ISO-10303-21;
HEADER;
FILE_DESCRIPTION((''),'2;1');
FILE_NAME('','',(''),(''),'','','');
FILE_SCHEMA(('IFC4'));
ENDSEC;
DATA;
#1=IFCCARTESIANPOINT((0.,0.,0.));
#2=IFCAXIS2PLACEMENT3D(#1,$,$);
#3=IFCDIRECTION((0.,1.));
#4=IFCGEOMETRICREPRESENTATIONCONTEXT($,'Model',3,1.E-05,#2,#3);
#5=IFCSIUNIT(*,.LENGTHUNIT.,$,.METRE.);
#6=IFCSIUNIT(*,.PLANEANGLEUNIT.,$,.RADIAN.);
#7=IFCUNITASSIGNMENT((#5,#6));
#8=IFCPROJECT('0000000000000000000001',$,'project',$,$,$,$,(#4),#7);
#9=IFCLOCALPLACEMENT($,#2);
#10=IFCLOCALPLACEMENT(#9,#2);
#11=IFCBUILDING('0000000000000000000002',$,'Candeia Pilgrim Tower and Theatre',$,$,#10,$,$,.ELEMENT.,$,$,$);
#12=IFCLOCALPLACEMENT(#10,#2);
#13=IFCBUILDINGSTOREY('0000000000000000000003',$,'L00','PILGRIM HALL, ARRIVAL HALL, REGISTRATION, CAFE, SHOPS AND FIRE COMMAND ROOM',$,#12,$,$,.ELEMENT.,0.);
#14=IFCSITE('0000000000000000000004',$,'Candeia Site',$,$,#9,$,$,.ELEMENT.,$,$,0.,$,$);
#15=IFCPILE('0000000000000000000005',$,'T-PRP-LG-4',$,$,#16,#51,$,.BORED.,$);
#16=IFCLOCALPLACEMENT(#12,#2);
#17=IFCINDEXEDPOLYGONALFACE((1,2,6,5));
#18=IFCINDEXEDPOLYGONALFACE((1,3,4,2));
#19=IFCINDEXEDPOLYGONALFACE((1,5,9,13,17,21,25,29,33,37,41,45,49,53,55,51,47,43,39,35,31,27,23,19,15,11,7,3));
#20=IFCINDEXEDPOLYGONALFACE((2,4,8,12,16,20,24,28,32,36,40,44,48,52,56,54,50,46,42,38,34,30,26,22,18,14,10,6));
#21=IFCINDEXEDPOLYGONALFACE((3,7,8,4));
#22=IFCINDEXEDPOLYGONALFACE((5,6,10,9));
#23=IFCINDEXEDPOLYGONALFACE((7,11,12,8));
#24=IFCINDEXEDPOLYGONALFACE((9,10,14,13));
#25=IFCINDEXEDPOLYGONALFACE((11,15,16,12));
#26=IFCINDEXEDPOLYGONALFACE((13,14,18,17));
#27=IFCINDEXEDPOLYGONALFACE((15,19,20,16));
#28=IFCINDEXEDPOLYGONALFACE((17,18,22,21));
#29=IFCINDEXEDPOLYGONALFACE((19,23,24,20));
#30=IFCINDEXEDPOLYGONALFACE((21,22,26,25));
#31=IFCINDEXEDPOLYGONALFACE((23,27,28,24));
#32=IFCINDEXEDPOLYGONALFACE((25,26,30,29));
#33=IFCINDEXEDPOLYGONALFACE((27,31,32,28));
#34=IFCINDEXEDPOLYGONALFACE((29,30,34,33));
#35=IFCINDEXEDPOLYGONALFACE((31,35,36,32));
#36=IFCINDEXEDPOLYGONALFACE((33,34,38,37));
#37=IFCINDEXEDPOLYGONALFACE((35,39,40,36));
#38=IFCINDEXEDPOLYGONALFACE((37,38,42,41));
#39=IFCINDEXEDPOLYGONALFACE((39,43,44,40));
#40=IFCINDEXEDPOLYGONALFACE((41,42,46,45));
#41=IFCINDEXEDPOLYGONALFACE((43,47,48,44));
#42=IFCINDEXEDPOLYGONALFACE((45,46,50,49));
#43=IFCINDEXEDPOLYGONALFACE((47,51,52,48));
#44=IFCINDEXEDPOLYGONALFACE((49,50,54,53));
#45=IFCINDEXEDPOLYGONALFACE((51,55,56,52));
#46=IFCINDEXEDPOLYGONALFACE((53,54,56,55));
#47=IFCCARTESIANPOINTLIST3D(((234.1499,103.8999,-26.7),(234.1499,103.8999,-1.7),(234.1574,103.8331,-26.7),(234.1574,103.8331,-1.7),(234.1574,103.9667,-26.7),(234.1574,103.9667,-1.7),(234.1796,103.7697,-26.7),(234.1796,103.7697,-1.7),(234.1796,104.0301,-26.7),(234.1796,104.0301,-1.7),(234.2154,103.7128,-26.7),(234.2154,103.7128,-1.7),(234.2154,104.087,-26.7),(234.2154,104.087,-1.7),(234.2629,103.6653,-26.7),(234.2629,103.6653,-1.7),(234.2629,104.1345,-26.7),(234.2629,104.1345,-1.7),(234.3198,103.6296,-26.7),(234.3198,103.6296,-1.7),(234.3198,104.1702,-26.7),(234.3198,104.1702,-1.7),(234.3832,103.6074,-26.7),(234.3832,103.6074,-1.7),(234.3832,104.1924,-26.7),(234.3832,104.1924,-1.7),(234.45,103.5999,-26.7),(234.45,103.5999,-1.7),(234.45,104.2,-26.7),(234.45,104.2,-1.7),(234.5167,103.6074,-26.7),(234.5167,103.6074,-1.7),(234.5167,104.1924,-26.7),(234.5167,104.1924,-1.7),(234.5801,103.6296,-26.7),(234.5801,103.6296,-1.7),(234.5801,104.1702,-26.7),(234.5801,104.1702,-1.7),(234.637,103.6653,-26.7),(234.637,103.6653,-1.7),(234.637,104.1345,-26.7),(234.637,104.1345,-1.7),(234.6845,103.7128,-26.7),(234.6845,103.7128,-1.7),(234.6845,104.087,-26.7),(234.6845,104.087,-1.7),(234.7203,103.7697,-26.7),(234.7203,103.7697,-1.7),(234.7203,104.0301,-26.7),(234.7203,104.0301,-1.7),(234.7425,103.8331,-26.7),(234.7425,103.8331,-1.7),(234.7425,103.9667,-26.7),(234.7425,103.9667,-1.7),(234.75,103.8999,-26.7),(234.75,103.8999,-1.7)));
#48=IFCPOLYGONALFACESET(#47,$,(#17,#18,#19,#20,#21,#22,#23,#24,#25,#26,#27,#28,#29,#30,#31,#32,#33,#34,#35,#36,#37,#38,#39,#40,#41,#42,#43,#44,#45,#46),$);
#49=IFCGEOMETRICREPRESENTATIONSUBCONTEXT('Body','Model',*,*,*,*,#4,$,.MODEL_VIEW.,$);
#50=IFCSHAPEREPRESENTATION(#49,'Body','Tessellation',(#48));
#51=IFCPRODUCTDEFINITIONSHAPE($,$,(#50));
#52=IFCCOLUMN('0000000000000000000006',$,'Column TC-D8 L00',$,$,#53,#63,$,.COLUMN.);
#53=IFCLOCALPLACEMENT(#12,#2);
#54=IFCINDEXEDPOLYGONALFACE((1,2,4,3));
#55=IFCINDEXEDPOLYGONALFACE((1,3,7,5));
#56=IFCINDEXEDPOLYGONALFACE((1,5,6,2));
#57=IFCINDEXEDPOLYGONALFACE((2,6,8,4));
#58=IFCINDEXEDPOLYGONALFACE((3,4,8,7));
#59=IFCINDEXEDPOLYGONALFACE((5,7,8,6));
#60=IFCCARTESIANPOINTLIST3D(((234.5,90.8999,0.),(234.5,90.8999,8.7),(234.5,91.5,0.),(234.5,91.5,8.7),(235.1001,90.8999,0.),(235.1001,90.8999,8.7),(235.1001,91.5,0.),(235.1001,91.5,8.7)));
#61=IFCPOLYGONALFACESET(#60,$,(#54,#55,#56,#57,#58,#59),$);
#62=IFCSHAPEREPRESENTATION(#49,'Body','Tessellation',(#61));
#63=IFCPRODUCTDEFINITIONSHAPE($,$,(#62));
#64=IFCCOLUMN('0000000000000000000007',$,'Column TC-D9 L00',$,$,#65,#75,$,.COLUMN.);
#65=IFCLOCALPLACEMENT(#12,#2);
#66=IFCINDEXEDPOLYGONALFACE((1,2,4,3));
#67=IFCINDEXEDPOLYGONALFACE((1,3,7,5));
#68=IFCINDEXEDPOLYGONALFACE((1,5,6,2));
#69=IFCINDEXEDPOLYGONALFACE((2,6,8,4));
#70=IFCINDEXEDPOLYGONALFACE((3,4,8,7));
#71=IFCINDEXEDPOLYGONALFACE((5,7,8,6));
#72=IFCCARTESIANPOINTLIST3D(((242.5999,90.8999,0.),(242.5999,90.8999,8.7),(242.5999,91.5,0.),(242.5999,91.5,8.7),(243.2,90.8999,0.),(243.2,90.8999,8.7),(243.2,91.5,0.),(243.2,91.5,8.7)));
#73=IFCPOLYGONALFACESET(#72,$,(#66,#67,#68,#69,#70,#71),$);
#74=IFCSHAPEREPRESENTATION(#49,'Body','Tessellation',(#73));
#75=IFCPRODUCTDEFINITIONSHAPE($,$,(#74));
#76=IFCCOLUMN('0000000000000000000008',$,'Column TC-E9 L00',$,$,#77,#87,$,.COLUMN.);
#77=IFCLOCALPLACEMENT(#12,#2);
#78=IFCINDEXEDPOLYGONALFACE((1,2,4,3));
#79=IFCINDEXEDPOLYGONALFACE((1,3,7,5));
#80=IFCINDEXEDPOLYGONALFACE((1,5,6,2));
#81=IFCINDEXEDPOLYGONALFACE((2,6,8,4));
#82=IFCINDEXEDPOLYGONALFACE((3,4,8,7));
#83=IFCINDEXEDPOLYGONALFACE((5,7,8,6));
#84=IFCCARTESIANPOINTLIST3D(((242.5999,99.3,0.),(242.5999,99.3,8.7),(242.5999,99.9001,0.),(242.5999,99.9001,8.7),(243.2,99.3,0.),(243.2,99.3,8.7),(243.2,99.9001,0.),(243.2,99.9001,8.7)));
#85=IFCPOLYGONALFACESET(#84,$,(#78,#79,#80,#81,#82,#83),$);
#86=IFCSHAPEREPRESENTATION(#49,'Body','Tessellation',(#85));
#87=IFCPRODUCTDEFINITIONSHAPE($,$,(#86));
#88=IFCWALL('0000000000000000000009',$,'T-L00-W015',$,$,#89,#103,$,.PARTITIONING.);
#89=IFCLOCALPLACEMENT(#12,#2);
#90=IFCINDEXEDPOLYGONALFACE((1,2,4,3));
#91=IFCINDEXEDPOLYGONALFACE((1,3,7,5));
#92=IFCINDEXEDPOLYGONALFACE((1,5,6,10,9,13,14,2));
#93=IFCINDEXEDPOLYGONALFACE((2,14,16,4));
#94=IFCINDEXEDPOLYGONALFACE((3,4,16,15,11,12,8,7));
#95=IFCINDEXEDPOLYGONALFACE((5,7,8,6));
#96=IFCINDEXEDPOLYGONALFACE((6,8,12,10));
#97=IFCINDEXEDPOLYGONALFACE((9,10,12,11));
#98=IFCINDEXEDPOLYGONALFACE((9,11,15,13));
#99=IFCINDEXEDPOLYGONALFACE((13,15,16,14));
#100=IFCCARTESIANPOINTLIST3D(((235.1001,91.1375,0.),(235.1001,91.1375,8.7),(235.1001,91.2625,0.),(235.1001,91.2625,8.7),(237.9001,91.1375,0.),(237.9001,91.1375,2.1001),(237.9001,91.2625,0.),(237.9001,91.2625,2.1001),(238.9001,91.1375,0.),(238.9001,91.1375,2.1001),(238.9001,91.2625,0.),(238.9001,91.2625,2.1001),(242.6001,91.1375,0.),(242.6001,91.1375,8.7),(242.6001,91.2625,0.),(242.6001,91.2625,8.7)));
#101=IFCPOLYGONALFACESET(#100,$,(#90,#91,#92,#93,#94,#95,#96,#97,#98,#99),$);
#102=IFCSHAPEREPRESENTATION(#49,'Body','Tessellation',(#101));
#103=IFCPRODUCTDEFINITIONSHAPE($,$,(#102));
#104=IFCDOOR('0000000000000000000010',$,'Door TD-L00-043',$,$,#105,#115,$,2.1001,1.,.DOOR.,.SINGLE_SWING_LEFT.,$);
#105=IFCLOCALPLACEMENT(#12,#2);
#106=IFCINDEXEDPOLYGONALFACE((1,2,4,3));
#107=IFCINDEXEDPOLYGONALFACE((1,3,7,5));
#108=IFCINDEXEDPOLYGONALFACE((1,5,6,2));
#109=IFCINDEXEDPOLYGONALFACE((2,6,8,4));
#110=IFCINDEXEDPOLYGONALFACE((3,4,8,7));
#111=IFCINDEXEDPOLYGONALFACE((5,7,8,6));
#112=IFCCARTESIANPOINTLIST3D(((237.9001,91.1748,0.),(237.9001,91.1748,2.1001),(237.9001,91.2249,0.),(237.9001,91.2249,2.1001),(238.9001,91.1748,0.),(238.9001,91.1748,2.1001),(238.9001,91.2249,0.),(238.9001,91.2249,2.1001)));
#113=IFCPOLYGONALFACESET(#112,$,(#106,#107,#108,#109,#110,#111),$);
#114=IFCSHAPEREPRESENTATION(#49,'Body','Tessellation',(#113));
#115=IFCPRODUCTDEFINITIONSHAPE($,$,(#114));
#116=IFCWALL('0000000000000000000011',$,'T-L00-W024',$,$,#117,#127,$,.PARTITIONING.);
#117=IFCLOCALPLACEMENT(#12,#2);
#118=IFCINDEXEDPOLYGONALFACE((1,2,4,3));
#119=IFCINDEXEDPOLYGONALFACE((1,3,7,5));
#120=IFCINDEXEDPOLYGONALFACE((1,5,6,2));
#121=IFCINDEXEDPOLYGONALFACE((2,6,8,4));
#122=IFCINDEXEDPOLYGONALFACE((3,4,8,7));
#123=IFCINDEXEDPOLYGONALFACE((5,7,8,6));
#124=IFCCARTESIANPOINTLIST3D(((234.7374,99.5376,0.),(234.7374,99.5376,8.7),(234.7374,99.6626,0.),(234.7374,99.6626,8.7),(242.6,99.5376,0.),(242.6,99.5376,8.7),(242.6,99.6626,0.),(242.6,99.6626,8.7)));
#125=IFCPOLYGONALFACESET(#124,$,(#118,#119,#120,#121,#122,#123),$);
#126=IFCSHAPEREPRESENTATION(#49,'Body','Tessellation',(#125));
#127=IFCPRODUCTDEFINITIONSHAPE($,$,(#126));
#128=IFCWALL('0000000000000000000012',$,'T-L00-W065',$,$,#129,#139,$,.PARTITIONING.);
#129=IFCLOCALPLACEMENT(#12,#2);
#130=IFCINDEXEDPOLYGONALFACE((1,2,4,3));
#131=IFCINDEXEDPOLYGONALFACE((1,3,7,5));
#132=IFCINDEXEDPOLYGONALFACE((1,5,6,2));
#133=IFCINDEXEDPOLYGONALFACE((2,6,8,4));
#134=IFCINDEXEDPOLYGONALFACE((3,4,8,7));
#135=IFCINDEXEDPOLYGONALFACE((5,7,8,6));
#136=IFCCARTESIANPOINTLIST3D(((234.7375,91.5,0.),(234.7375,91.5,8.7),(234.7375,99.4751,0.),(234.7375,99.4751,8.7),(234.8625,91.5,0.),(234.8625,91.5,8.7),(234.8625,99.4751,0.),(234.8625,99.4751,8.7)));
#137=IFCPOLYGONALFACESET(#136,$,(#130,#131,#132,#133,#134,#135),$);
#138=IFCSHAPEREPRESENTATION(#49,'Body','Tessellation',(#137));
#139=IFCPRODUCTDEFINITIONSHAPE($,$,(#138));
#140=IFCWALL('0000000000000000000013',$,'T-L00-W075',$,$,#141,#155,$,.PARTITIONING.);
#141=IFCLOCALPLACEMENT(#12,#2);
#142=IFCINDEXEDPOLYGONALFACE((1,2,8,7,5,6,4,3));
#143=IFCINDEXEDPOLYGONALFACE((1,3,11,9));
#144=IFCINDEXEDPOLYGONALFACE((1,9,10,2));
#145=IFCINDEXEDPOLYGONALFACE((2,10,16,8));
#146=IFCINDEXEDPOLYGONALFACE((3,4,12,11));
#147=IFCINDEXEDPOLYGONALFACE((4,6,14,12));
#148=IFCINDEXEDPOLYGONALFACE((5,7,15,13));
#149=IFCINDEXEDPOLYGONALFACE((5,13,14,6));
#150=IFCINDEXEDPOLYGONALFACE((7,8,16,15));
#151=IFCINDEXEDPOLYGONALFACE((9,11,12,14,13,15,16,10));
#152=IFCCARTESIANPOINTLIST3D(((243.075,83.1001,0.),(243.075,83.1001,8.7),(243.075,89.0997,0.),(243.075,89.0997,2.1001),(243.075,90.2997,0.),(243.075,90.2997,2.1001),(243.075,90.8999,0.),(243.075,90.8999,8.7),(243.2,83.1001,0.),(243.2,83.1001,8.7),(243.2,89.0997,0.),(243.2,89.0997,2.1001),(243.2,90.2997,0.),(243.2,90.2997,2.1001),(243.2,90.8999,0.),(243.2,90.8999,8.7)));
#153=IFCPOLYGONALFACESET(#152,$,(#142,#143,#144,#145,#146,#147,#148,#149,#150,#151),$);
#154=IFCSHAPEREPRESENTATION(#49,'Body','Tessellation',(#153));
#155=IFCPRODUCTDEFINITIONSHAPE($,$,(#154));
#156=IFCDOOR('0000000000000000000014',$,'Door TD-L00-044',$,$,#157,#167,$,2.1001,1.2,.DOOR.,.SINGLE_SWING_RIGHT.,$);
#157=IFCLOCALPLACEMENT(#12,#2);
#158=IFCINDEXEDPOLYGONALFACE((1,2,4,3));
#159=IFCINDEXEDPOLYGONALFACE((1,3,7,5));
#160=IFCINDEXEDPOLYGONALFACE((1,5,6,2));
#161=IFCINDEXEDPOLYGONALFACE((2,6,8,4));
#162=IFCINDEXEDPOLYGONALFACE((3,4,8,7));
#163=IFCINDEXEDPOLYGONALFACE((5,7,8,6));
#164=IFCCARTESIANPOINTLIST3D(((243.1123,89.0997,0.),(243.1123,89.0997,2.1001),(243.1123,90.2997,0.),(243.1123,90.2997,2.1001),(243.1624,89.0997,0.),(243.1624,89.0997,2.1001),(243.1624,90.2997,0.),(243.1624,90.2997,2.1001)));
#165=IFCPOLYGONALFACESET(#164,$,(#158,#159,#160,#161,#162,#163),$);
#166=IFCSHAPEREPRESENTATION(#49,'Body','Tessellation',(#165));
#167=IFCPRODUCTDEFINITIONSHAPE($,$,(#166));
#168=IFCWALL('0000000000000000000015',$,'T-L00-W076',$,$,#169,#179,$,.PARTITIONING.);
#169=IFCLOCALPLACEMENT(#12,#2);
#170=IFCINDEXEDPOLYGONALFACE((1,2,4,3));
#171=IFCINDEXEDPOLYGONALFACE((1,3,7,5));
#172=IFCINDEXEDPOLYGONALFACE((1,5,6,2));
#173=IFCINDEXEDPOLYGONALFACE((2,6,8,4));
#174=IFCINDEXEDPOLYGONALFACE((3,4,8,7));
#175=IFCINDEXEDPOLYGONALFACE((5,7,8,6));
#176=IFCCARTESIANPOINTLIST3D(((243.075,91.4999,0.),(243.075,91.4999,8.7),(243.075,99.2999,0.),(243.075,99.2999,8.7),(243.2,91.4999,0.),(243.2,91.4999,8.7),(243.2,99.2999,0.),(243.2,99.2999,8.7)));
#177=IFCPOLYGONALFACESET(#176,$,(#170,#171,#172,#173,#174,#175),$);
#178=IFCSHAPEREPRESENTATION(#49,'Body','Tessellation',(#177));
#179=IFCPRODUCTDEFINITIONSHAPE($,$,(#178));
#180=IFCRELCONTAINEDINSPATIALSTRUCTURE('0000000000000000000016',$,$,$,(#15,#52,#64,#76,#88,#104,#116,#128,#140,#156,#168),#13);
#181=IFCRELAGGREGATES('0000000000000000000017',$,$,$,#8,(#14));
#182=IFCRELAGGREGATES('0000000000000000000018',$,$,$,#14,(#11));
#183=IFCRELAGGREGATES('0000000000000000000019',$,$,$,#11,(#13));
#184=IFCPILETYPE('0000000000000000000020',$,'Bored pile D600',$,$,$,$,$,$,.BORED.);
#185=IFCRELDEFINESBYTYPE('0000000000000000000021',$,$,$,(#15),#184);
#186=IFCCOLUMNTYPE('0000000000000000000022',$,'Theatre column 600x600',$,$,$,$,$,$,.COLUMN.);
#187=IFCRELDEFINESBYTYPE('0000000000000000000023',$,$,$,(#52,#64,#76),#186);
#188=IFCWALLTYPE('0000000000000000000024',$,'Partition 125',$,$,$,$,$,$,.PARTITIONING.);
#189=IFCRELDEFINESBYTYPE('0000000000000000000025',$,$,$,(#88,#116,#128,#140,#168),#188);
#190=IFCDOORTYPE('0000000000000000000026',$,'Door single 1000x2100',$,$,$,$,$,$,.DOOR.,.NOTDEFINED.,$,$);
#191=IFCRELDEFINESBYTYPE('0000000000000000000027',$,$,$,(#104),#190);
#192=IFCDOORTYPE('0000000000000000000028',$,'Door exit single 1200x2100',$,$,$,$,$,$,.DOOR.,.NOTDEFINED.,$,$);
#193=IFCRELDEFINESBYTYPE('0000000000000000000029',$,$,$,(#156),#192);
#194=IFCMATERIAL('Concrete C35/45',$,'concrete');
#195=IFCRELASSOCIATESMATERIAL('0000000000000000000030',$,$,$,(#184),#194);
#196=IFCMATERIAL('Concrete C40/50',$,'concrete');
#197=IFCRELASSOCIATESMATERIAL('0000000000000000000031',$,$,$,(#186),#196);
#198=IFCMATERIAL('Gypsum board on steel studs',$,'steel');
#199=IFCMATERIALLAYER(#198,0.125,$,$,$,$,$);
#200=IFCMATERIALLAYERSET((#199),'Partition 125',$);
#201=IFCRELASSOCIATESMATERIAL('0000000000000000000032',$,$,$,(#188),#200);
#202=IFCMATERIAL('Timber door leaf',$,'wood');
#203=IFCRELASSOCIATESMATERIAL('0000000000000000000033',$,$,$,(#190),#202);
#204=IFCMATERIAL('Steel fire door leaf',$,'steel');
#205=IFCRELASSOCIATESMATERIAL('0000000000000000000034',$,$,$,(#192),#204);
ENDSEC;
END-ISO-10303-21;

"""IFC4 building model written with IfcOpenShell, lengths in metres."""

from ifc_helpers import new_model, si_unit, direction, frame, frame_2d, origin, origin_2d, place, context, subcontext, project, spatial, rectangle, circle, extrude, material, layer, layer_set, material_profile, profile_set, type_object, element, fill, save


model = new_model("IFC4")

# Units and contexts
model_context = context("Model", 3, precision=1e-05, world=origin(), true_north=direction((0.0, 1.0)))
body_context = subcontext(model_context, "Body", "Model", "MODEL_VIEW")
ifc_project = project(units=[si_unit("LENGTHUNIT", "METRE"), si_unit("PLANEANGLEUNIT", "RADIAN")], contexts=[model_context])

# Site, building, storey
site_placement = place(None, origin())
site = spatial("IfcSite", under=ifc_project, at=site_placement, Name="Candeia Site", CompositionType="ELEMENT", RefElevation=0.0)
building_placement = place(site_placement, origin())
building = spatial("IfcBuilding", under=site, at=building_placement, Name="Candeia Pilgrim Tower and Theatre", CompositionType="ELEMENT")
storey_placement = place(building_placement, origin())
storey = spatial("IfcBuildingStorey", under=building, at=storey_placement, Name="L00", Description="PILGRIM HALL, ARRIVAL HALL, REGISTRATION, CAFE, SHOPS AND FIRE COMMAND ROOM", CompositionType="ELEMENT", Elevation=0.0)

# Pile
ifc_material_1 = material(Name="Concrete C35/45", Category="concrete")
pile_type = type_object("IfcPileType", Name="Bored pile D600", PredefinedType="BORED", material=ifc_material_1)
for number, where, z_axis, x_axis, name in (
    (1, (234.45, 103.8999, -1.7), (0.0, 0.0, -1.0), (1.0, 0.0, 0.0), "T-PRP-LG-4"),
):
    element("IfcPile", number, at=place(storey_placement, frame(where, z_axis=z_axis, x_axis=x_axis)), inside=storey, type_object=pile_type, Name=name, PredefinedType="BORED", context=body_context, shape_type="SweptSolid", body=[
        extrude(circle(Radius=0.3, at=origin_2d()), origin(), (0.0, 0.0, 1.0), 25.0),
    ])

# Columns
ifc_material_2 = material(Name="Concrete C40/50", Category="concrete")
ifc_material_profile = material_profile(ifc_material_2, rectangle(XDim=0.6001, YDim=0.6001, at=origin_2d()))
ifc_profile_set = profile_set([ifc_material_profile], Name="Concrete C40/50")
column_type = type_object("IfcColumnType", Name="Theatre column 600x600", PredefinedType="COLUMN", material=ifc_profile_set)
for number, where, z_axis, x_axis, name in (
    (2, (234.8, 91.2, 0.0), (0.0, 0.0, 1.0), (1.0, 0.0, 0.0), "Column TC-D8 L00"),
    (3, (242.8999, 91.2, 0.0), (0.0, 0.0, 1.0), (1.0, 0.0, 0.0), "Column TC-D9 L00"),
    (4, (242.8999, 99.6001, 0.0), (0.0, 0.0, 1.0), (1.0, 0.0, 0.0), "Column TC-E9 L00"),
):
    element("IfcColumn", number, at=place(storey_placement, frame(where, z_axis=z_axis, x_axis=x_axis)), inside=storey, type_object=column_type, Name=name, PredefinedType="COLUMN", context=body_context, shape_type="SweptSolid", body=[
        extrude(rectangle(XDim=0.6001, YDim=0.6001, at=origin_2d()), origin(), (0.0, 0.0, 1.0), 8.7),
    ])

# Wall, opening, door
ifc_material_3 = material(Name="Gypsum board on steel studs", Category="steel")
ifc_layer_1 = layer(ifc_material_3, 0.125)
ifc_layer_set_1 = layer_set([ifc_layer_1], Name="Partition 125")
wall_type_1 = type_object("IfcWallType", Name="Partition 125", PredefinedType="PARTITIONING", material=ifc_layer_set_1)
wall_1_placement = place(storey_placement, frame((235.1001, 91.2, 0.0), z_axis=(0.0, 0.0, 1.0), x_axis=(1.0, 0.0, 0.0)))
wall_1 = element("IfcWall", 5, at=wall_1_placement, inside=storey, type_object=wall_type_1, Name="T-L00-W015", PredefinedType="PARTITIONING", context=body_context, shape_type="SweptSolid", body=[
    extrude(rectangle(XDim=7.5, YDim=0.125, at=frame_2d((3.75, 0.0))), origin(), (0.0, 0.0, 1.0), 8.7),
])
opening_1_placement = place(wall_1_placement, frame((2.8, 0.0, 0.0)))
opening_1 = element("IfcOpeningElement", 6, at=opening_1_placement, cuts=wall_1, PredefinedType="OPENING", context=body_context, shape_type="SweptSolid", body=[
    extrude(rectangle(XDim=1.0, YDim=2.1001, at=frame_2d((0.5, 1.05))), frame((0.0, 0.0725, 0.0), z_axis=(0.0, -1.0, 0.0), x_axis=(1.0, 0.0, 0.0)), (0.0, 0.0, 1.0), 0.145),
])
ifc_material_4 = material(Name="Timber door leaf", Category="wood")
door_type_1 = type_object("IfcDoorType", Name="Door single 1000x2100", OperationType="NOTDEFINED", PredefinedType="DOOR", material=ifc_material_4)
door_1_placement = place(opening_1_placement, origin())
door_1 = element("IfcDoor", 7, at=door_1_placement, inside=storey, type_object=door_type_1, Name="Door TD-L00-043", OperationType="SINGLE_SWING_LEFT", OverallHeight=2.1001, OverallWidth=1.0, PredefinedType="DOOR", context=body_context, shape_type="SweptSolid", body=[
    extrude(rectangle(XDim=1.0, YDim=2.1001, at=frame_2d((0.5, 1.05))), frame((0.0, 0.0249, 0.0), z_axis=(0.0, -1.0, 0.0), x_axis=(1.0, 0.0, 0.0)), (0.0, 0.0, 1.0), 0.05),
])
fill(opening_1, door_1)

# Walls
wall_2_placement = place(storey_placement, frame((234.7375, 99.6001, 0.0), z_axis=(0.0, 0.0, 1.0), x_axis=(1.0, 0.0, 0.0)))
element("IfcWall", 8, at=wall_2_placement, inside=storey, type_object=wall_type_1, Name="T-L00-W024", PredefinedType="PARTITIONING", context=body_context, shape_type="SweptSolid", body=[
    extrude(rectangle(XDim=7.8625, YDim=0.125, at=frame_2d((3.9312, 0.0))), origin(), (0.0, 0.0, 1.0), 8.7),
])
wall_3_placement = place(storey_placement, frame((234.8, 91.5, 0.0), z_axis=(0.0, 0.0, 1.0), x_axis=(0.0, 1.0, 0.0)))
element("IfcWall", 9, at=wall_3_placement, inside=storey, type_object=wall_type_1, Name="T-L00-W065", PredefinedType="PARTITIONING", context=body_context, shape_type="SweptSolid", body=[
    extrude(rectangle(XDim=7.9751, YDim=0.125, at=frame_2d((3.9875, 0.0))), origin(), (0.0, 0.0, 1.0), 8.7),
])

# Wall, opening, door
wall_4_placement = place(storey_placement, frame((243.1375, 90.8999, 0.0), z_axis=(0.0, 0.0, 1.0), x_axis=(0.0, -1.0, 0.0)))
wall_4 = element("IfcWall", 10, at=wall_4_placement, inside=storey, type_object=wall_type_1, Name="T-L00-W075", PredefinedType="PARTITIONING", context=body_context, shape_type="SweptSolid", body=[
    extrude(rectangle(XDim=7.7998, YDim=0.125, at=frame_2d((3.8999, 0.0))), origin(), (0.0, 0.0, 1.0), 8.7),
])
opening_2_placement = place(wall_4_placement, frame((0.6001, 0.0, 0.0)))
opening_2 = element("IfcOpeningElement", 11, at=opening_2_placement, cuts=wall_4, PredefinedType="OPENING", context=body_context, shape_type="SweptSolid", body=[
    extrude(rectangle(XDim=1.2, YDim=2.1001, at=frame_2d((0.6001, 1.05))), frame((0.0, 0.0725, 0.0), z_axis=(0.0, -1.0, 0.0), x_axis=(1.0, 0.0, 0.0)), (0.0, 0.0, 1.0), 0.145),
])
ifc_material_5 = material(Name="Steel fire door leaf", Category="steel")
door_type_2 = type_object("IfcDoorType", Name="Door exit single 1200x2100", OperationType="NOTDEFINED", PredefinedType="DOOR", material=ifc_material_5)
door_2_placement = place(opening_2_placement, origin())
door_2 = element("IfcDoor", 12, at=door_2_placement, inside=storey, type_object=door_type_2, Name="Door TD-L00-044", OperationType="SINGLE_SWING_RIGHT", OverallHeight=2.1001, OverallWidth=1.2, PredefinedType="DOOR", context=body_context, shape_type="SweptSolid", body=[
    extrude(rectangle(XDim=1.2, YDim=2.1001, at=frame_2d((0.6001, 1.05))), frame((0.0, 0.0249, 0.0), z_axis=(0.0, -1.0, 0.0), x_axis=(1.0, 0.0, 0.0)), (0.0, 0.0, 1.0), 0.05),
])
fill(opening_2, door_2)

# Wall
wall_5_placement = place(storey_placement, frame((243.1375, 91.5, 0.0), z_axis=(0.0, 0.0, 1.0), x_axis=(0.0, 1.0, 0.0)))
element("IfcWall", 13, at=wall_5_placement, inside=storey, type_object=wall_type_1, Name="T-L00-W076", PredefinedType="PARTITIONING", context=body_context, shape_type="SweptSolid", body=[
    extrude(rectangle(XDim=7.8, YDim=0.125, at=frame_2d((3.8999, 0.0))), origin(), (0.0, 0.0, 1.0), 8.7),
])

save(model, "model.ifc")
